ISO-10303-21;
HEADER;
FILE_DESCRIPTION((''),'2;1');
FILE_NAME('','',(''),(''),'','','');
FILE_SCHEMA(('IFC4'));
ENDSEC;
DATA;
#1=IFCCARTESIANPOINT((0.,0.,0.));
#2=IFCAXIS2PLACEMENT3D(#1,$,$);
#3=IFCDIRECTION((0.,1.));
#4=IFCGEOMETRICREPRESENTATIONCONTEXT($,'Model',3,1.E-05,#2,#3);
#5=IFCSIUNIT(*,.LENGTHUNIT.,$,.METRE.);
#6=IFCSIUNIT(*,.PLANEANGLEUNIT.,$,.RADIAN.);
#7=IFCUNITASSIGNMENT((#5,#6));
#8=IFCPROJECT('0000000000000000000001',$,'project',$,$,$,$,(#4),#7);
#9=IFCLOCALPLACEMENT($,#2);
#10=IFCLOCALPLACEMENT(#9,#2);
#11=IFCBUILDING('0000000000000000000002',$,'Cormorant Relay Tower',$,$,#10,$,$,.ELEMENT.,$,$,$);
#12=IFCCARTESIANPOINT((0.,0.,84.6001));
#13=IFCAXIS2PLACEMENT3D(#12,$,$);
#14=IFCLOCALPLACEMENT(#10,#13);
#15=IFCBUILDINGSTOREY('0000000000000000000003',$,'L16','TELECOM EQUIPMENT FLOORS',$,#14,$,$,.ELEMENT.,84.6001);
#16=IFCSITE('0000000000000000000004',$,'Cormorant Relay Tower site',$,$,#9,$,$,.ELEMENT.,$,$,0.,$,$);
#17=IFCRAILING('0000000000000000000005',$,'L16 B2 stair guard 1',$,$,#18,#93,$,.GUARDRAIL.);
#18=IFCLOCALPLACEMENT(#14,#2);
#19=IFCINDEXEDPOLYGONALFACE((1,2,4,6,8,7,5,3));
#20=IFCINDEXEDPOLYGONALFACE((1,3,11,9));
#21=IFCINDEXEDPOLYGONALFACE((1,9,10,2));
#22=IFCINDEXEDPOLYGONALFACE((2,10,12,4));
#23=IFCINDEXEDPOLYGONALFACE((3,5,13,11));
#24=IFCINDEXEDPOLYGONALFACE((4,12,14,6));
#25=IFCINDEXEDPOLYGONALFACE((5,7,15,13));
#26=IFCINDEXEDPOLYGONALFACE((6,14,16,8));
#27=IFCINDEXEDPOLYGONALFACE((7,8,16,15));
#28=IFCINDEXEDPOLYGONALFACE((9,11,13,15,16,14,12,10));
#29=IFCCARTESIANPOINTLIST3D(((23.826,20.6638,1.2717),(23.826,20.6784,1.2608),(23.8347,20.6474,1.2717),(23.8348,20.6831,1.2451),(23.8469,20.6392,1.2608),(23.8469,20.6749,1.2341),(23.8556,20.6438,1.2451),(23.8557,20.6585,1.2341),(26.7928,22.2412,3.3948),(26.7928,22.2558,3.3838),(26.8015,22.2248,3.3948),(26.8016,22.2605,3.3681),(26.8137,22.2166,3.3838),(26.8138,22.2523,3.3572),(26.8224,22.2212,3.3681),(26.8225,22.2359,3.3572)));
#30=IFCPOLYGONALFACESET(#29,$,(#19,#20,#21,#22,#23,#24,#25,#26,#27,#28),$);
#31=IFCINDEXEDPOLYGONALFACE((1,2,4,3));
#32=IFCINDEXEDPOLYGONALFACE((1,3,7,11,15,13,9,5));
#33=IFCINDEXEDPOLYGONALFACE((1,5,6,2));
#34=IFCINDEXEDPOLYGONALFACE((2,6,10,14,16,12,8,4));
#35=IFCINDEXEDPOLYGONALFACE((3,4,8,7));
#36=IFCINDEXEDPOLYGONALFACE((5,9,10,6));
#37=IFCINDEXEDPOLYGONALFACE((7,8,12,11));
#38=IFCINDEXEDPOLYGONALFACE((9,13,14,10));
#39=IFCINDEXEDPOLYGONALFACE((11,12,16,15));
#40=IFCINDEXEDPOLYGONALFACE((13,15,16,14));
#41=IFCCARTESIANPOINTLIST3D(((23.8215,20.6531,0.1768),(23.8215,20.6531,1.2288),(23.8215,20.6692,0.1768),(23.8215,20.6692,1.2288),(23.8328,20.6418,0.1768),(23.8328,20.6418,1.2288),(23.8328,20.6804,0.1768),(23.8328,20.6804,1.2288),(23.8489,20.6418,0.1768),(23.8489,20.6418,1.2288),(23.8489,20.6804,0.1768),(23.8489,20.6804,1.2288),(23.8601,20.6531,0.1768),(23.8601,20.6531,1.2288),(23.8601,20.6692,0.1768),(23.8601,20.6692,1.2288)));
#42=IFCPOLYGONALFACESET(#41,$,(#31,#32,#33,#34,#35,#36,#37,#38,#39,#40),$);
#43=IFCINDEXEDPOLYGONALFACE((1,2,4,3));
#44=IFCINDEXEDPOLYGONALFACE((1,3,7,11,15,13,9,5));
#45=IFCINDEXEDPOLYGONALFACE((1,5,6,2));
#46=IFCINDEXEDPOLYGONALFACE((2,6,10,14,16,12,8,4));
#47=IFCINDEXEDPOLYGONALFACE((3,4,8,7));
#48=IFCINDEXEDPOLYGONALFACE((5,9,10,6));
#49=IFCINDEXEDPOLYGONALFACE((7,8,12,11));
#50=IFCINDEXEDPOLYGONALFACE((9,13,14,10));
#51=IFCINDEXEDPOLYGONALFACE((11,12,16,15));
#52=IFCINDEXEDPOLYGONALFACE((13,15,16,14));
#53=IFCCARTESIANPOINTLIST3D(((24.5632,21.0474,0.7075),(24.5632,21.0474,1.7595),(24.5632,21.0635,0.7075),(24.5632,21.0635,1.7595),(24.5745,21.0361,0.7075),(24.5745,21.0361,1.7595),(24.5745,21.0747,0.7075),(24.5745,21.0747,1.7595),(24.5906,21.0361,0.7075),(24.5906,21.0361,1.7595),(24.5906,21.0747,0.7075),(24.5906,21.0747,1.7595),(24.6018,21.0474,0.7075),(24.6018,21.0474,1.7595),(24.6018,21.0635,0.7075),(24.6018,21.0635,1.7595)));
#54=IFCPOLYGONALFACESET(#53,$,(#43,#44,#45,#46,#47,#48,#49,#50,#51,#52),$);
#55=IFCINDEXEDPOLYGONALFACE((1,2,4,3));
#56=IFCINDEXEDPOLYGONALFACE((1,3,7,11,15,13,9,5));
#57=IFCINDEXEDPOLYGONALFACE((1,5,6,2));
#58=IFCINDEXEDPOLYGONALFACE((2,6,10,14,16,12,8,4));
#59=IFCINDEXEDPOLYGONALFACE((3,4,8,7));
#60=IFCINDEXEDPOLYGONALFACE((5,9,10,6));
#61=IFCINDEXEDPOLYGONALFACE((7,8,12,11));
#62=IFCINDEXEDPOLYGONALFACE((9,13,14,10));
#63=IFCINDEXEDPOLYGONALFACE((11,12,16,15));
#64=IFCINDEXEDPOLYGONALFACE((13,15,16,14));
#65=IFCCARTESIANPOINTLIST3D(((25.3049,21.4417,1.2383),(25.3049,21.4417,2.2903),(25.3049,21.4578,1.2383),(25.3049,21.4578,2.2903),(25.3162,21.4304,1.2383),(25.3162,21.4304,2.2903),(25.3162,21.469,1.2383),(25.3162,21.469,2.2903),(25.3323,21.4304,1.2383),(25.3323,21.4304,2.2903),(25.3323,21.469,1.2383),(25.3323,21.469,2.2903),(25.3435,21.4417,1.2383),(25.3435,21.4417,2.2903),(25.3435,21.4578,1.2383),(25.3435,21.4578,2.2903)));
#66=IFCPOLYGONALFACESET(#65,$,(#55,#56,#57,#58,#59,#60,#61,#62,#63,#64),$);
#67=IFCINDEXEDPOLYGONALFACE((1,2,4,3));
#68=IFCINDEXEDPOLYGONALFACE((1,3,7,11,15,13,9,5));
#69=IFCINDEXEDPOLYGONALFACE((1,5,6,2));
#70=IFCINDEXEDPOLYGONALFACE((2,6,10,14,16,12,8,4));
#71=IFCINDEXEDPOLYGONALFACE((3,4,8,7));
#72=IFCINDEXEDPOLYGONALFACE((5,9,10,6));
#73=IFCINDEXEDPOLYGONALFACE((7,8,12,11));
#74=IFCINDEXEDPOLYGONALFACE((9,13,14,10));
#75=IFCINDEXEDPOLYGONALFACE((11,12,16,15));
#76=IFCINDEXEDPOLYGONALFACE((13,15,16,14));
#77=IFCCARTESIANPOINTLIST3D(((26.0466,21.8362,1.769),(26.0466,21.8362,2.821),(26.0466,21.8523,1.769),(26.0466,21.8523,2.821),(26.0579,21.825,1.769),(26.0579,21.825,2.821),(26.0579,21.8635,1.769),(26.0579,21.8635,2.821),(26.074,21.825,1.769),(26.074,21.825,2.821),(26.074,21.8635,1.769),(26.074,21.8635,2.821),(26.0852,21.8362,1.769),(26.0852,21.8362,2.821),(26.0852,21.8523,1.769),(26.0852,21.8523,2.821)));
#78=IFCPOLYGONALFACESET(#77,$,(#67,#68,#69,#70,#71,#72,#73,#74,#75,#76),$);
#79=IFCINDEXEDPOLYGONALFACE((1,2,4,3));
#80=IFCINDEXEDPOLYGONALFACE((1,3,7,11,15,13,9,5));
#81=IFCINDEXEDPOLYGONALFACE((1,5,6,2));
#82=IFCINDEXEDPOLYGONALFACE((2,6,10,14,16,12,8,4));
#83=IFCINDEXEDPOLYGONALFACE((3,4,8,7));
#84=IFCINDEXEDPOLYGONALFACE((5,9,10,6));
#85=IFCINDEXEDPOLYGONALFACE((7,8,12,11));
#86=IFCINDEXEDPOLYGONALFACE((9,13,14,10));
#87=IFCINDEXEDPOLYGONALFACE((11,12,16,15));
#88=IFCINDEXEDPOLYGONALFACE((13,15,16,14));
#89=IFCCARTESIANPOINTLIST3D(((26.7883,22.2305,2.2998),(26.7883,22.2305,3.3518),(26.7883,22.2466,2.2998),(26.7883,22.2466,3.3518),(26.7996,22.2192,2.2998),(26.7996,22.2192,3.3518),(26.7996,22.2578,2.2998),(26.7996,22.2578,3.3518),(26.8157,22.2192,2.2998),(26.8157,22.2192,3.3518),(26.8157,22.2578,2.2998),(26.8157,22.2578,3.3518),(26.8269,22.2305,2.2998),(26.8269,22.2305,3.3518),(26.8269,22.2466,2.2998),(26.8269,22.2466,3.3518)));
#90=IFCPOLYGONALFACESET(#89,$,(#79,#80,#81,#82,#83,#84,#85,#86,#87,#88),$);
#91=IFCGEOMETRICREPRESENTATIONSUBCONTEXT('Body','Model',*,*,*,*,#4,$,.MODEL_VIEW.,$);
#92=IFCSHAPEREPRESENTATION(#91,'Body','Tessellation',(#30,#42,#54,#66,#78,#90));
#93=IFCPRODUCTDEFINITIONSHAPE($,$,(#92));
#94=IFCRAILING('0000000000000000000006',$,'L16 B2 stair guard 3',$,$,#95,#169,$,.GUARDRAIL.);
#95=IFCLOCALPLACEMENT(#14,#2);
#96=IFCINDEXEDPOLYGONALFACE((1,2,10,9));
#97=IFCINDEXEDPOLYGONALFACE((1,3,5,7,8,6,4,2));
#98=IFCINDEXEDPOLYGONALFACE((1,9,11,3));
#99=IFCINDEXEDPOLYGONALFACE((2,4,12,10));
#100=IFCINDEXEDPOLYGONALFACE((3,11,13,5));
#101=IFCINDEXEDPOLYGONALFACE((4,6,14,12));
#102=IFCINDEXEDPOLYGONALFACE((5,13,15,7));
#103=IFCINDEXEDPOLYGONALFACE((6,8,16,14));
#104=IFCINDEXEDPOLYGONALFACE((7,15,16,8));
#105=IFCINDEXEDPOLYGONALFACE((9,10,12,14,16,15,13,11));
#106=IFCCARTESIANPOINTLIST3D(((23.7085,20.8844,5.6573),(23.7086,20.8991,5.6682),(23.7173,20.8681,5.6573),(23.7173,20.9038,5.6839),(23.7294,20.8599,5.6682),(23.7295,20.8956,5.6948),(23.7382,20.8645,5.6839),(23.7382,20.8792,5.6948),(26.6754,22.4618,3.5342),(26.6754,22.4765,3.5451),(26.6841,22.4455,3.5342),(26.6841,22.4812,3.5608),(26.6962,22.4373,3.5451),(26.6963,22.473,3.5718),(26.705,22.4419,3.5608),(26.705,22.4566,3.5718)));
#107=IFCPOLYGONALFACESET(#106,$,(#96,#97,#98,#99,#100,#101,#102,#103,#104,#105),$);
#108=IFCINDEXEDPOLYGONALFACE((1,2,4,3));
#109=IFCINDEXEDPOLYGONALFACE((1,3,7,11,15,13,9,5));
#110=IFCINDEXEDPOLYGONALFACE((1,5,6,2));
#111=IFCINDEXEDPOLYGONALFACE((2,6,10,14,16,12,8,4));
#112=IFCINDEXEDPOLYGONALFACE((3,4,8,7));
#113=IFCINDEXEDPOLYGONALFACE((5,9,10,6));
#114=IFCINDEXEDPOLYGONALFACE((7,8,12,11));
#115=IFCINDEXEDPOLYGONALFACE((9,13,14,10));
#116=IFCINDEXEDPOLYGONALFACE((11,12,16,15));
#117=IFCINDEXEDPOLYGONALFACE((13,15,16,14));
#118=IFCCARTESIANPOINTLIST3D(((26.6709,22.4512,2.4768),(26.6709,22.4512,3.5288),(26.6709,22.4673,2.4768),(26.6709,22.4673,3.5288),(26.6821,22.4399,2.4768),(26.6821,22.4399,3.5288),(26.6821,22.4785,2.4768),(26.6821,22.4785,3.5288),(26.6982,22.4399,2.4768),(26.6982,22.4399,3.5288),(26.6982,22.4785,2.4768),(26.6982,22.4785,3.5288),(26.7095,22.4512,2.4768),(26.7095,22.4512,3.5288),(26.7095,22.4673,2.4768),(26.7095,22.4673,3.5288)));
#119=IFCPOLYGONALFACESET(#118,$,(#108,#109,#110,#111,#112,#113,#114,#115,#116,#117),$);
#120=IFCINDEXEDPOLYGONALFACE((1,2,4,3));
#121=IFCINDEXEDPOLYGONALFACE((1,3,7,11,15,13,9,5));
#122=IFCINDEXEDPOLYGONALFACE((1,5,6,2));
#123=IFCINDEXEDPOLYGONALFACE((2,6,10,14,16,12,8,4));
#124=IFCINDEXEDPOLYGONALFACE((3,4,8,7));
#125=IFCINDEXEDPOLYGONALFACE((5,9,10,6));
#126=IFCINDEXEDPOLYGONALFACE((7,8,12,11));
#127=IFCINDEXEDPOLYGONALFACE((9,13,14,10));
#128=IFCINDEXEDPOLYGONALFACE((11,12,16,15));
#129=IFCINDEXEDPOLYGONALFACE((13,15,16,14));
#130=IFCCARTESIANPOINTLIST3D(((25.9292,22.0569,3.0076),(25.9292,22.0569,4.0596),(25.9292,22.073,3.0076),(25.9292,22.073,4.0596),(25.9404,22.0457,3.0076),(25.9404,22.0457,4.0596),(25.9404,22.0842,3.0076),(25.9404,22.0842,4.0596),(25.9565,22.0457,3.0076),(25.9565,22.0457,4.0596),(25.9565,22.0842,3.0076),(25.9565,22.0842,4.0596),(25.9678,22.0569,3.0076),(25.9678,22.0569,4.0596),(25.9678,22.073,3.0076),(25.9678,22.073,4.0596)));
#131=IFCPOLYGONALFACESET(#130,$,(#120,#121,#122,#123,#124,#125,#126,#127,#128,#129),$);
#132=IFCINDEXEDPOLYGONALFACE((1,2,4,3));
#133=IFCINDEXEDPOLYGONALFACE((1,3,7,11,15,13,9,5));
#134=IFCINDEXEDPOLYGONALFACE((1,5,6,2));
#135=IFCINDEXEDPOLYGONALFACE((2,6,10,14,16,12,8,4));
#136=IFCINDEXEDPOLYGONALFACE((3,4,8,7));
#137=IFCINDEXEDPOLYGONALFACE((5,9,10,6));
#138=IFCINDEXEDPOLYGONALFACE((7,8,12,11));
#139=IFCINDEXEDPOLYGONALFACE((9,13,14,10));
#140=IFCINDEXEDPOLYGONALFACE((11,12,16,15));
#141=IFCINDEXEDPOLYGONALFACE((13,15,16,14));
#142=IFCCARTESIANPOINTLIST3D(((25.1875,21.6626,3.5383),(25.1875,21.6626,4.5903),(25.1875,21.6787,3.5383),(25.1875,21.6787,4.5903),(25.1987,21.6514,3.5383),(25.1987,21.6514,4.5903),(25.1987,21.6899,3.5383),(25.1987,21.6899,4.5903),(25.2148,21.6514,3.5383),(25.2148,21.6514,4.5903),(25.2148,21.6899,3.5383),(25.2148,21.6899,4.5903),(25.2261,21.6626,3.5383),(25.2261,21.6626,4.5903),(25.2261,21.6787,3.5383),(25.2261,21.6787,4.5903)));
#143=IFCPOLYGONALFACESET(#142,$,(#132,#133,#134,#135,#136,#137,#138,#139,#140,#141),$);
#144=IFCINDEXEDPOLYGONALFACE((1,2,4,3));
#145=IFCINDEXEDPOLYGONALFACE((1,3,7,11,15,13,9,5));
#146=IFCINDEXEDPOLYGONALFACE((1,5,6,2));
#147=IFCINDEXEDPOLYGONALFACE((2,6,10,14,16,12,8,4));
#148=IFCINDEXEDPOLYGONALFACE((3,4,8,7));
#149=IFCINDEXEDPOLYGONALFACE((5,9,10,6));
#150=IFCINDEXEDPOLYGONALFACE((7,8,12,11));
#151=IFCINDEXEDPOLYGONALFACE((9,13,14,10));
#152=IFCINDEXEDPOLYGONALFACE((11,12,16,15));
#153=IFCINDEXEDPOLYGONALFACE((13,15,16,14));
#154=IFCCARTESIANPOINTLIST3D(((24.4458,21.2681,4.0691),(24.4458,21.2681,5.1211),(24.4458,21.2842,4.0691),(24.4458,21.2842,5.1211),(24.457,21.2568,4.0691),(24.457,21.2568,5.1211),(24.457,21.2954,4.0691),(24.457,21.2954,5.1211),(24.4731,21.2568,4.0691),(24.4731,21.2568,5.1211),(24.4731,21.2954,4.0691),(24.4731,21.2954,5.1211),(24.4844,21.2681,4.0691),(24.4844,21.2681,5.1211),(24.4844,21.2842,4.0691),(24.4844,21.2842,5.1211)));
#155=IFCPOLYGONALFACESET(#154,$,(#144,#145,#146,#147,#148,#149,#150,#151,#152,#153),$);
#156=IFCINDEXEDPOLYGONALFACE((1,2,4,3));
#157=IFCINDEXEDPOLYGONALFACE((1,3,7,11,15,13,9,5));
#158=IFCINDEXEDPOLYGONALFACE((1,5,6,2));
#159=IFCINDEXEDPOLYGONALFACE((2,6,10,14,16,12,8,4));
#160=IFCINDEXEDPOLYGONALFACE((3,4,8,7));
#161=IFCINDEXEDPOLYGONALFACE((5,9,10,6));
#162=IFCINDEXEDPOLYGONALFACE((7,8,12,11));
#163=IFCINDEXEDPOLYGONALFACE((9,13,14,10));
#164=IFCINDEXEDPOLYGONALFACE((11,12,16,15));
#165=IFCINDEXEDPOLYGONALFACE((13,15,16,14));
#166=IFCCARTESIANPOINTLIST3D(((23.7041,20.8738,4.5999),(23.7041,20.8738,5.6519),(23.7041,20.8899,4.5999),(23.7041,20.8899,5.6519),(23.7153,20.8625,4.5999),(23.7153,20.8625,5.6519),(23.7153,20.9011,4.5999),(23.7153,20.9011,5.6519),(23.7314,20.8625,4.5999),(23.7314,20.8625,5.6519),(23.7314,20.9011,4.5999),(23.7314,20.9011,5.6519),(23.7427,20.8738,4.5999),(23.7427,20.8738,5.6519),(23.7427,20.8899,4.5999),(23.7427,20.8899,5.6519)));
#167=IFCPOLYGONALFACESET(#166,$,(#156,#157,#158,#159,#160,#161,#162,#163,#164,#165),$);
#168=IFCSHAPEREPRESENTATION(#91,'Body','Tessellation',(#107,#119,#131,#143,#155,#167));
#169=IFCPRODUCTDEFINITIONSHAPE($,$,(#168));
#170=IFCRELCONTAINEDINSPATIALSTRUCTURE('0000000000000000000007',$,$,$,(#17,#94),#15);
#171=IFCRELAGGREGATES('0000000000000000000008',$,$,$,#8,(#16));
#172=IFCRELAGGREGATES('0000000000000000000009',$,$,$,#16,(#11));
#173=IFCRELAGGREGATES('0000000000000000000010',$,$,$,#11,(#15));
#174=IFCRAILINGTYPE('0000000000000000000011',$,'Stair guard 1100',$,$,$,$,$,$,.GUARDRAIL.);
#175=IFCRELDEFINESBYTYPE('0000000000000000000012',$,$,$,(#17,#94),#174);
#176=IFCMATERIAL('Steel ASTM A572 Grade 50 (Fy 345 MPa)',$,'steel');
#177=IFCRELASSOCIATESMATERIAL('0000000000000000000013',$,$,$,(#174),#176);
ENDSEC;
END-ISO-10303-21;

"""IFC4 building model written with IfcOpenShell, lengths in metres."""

from ifc_helpers import new_model, si_unit, direction, frame, origin, place, context, subcontext, project, spatial, polyline, outline, extrude, material, type_object, element, save


model = new_model("IFC4")

# Units and contexts
model_context = context("Model", 3, precision=1e-05, world=origin(), true_north=direction((0.0, 1.0)))
body_context = subcontext(model_context, "Body", "Model", "MODEL_VIEW")
ifc_project = project(units=[si_unit("LENGTHUNIT", "METRE"), si_unit("PLANEANGLEUNIT", "RADIAN")], contexts=[model_context])

# Site, building, storey
site_placement = place(None, origin())
site = spatial("IfcSite", under=ifc_project, at=site_placement, Name="Cormorant Relay Tower site", CompositionType="ELEMENT", RefElevation=0.0)
building_placement = place(site_placement, origin())
building = spatial("IfcBuilding", under=site, at=building_placement, Name="Cormorant Relay Tower", CompositionType="ELEMENT")
storey_placement = place(building_placement, frame((0.0, 0.0, 84.6001)))
storey = spatial("IfcBuildingStorey", under=building, at=storey_placement, Name="L16", Description="TELECOM EQUIPMENT FLOORS", CompositionType="ELEMENT", Elevation=84.6001)

# Railings
ifc_material_1 = material(Name="Steel ASTM A572 Grade 50 (Fy 345 MPa)", Category="steel")
railing_type_1 = type_object("IfcRailingType", Name="Stair guard 1100", PredefinedType="GUARDRAIL", material=ifc_material_1)
railing_1_placement = place(storey_placement, frame((23.8408, 20.6611, 0.1768)))
element("IfcRailing", 1, at=railing_1_placement, inside=storey, type_object=railing_type_1, Name="L16 B2 stair guard 1", PredefinedType="GUARDRAIL", context=body_context, shape_type="SweptSolid", body=[
    extrude(outline(polyline([(0.0222, 0.0093), (0.0093, 0.0222), (-0.0093, 0.0222), (-0.0222, 0.0093), (-0.0222, -0.0093), (-0.0093, -0.0222), (0.0093, -0.0222), (0.0222, -0.0093), (0.0222, 0.0093)])), frame((0.0, 0.0, 1.0762), z_axis=(0.746441, 0.396869, 0.534155), x_axis=(-0.469453, 0.882958, 0.0)), (0.0, 0.0, 1.0), 3.9746),
    extrude(outline(polyline([(0.0193, 0.0081), (0.0081, 0.0193), (-0.0081, 0.0193), (-0.0193, 0.0081), (-0.0193, -0.0081), (-0.0081, -0.0193), (0.0081, -0.0193), (0.0193, -0.0081), (0.0193, 0.0081)])), origin(), (0.0, 0.0, 1.0), 1.052),
    extrude(outline(polyline([(0.0193, 0.0081), (0.0081, 0.0193), (-0.0081, 0.0193), (-0.0193, 0.0081), (-0.0193, -0.0081), (-0.0081, -0.0193), (0.0081, -0.0193), (0.0193, -0.0081), (0.0193, 0.0081)])), frame((0.7417, 0.3943, 0.5308)), (0.0, 0.0, 1.0), 1.052),
    extrude(outline(polyline([(0.0193, 0.0081), (0.0081, 0.0193), (-0.0081, 0.0193), (-0.0193, 0.0081), (-0.0193, -0.0081), (-0.0081, -0.0193), (0.0081, -0.0193), (0.0193, -0.0081), (0.0193, 0.0081)])), frame((1.4834, 0.7886, 1.0615)), (0.0, 0.0, 1.0), 1.052),
    extrude(outline(polyline([(0.0193, 0.0081), (0.0081, 0.0193), (-0.0081, 0.0193), (-0.0193, 0.0081), (-0.0193, -0.0081), (-0.0081, -0.0193), (0.0081, -0.0193), (0.0193, -0.0081), (0.0193, 0.0081)])), frame((2.2251, 1.1831, 1.5923)), (0.0, 0.0, 1.0), 1.052),
    extrude(outline(polyline([(0.0193, 0.0081), (0.0081, 0.0193), (-0.0081, 0.0193), (-0.0193, 0.0081), (-0.0193, -0.0081), (-0.0081, -0.0193), (0.0081, -0.0193), (0.0193, -0.0081), (0.0193, 0.0081)])), frame((2.9668, 1.5774, 2.123)), (0.0, 0.0, 1.0), 1.052),
])
railing_2_placement = place(storey_placement, frame((26.6902, 22.4592, 2.4768)))
element("IfcRailing", 2, at=railing_2_placement, inside=storey, type_object=railing_type_1, Name="L16 B2 stair guard 3", PredefinedType="GUARDRAIL", context=body_context, shape_type="SweptSolid", body=[
    extrude(outline(polyline([(0.0222, 0.0093), (0.0093, 0.0222), (-0.0093, 0.0222), (-0.0222, 0.0093), (-0.0222, -0.0093), (-0.0093, -0.0222), (0.0093, -0.0222), (0.0222, -0.0093), (0.0222, 0.0093)])), frame((0.0, 0.0, 1.0762), z_axis=(-0.746441, -0.396869, 0.534155), x_axis=(0.469453, -0.882958, 0.0)), (0.0, 0.0, 1.0), 3.9746),
    extrude(outline(polyline([(0.0193, 0.0081), (0.0081, 0.0193), (-0.0081, 0.0193), (-0.0193, 0.0081), (-0.0193, -0.0081), (-0.0081, -0.0193), (0.0081, -0.0193), (0.0193, -0.0081), (0.0193, 0.0081)])), origin(), (0.0, 0.0, 1.0), 1.052),
    extrude(outline(polyline([(0.0193, 0.0081), (0.0081, 0.0193), (-0.0081, 0.0193), (-0.0193, 0.0081), (-0.0193, -0.0081), (-0.0081, -0.0193), (0.0081, -0.0193), (0.0193, -0.0081), (0.0193, 0.0081)])), frame((-0.7417, -0.3943, 0.5308)), (0.0, 0.0, 1.0), 1.052),
    extrude(outline(polyline([(0.0193, 0.0081), (0.0081, 0.0193), (-0.0081, 0.0193), (-0.0193, 0.0081), (-0.0193, -0.0081), (-0.0081, -0.0193), (0.0081, -0.0193), (0.0193, -0.0081), (0.0193, 0.0081)])), frame((-1.4834, -0.7886, 1.0615)), (0.0, 0.0, 1.0), 1.052),
    extrude(outline(polyline([(0.0193, 0.0081), (0.0081, 0.0193), (-0.0081, 0.0193), (-0.0193, 0.0081), (-0.0193, -0.0081), (-0.0081, -0.0193), (0.0081, -0.0193), (0.0193, -0.0081), (0.0193, 0.0081)])), frame((-2.2251, -1.1831, 1.5923)), (0.0, 0.0, 1.0), 1.052),
    extrude(outline(polyline([(0.0193, 0.0081), (0.0081, 0.0193), (-0.0081, 0.0193), (-0.0193, 0.0081), (-0.0193, -0.0081), (-0.0081, -0.0193), (0.0081, -0.0193), (0.0193, -0.0081), (0.0193, 0.0081)])), frame((-2.9668, -1.5774, 2.123)), (0.0, 0.0, 1.0), 1.052),
])

save(model, "model.ifc")
